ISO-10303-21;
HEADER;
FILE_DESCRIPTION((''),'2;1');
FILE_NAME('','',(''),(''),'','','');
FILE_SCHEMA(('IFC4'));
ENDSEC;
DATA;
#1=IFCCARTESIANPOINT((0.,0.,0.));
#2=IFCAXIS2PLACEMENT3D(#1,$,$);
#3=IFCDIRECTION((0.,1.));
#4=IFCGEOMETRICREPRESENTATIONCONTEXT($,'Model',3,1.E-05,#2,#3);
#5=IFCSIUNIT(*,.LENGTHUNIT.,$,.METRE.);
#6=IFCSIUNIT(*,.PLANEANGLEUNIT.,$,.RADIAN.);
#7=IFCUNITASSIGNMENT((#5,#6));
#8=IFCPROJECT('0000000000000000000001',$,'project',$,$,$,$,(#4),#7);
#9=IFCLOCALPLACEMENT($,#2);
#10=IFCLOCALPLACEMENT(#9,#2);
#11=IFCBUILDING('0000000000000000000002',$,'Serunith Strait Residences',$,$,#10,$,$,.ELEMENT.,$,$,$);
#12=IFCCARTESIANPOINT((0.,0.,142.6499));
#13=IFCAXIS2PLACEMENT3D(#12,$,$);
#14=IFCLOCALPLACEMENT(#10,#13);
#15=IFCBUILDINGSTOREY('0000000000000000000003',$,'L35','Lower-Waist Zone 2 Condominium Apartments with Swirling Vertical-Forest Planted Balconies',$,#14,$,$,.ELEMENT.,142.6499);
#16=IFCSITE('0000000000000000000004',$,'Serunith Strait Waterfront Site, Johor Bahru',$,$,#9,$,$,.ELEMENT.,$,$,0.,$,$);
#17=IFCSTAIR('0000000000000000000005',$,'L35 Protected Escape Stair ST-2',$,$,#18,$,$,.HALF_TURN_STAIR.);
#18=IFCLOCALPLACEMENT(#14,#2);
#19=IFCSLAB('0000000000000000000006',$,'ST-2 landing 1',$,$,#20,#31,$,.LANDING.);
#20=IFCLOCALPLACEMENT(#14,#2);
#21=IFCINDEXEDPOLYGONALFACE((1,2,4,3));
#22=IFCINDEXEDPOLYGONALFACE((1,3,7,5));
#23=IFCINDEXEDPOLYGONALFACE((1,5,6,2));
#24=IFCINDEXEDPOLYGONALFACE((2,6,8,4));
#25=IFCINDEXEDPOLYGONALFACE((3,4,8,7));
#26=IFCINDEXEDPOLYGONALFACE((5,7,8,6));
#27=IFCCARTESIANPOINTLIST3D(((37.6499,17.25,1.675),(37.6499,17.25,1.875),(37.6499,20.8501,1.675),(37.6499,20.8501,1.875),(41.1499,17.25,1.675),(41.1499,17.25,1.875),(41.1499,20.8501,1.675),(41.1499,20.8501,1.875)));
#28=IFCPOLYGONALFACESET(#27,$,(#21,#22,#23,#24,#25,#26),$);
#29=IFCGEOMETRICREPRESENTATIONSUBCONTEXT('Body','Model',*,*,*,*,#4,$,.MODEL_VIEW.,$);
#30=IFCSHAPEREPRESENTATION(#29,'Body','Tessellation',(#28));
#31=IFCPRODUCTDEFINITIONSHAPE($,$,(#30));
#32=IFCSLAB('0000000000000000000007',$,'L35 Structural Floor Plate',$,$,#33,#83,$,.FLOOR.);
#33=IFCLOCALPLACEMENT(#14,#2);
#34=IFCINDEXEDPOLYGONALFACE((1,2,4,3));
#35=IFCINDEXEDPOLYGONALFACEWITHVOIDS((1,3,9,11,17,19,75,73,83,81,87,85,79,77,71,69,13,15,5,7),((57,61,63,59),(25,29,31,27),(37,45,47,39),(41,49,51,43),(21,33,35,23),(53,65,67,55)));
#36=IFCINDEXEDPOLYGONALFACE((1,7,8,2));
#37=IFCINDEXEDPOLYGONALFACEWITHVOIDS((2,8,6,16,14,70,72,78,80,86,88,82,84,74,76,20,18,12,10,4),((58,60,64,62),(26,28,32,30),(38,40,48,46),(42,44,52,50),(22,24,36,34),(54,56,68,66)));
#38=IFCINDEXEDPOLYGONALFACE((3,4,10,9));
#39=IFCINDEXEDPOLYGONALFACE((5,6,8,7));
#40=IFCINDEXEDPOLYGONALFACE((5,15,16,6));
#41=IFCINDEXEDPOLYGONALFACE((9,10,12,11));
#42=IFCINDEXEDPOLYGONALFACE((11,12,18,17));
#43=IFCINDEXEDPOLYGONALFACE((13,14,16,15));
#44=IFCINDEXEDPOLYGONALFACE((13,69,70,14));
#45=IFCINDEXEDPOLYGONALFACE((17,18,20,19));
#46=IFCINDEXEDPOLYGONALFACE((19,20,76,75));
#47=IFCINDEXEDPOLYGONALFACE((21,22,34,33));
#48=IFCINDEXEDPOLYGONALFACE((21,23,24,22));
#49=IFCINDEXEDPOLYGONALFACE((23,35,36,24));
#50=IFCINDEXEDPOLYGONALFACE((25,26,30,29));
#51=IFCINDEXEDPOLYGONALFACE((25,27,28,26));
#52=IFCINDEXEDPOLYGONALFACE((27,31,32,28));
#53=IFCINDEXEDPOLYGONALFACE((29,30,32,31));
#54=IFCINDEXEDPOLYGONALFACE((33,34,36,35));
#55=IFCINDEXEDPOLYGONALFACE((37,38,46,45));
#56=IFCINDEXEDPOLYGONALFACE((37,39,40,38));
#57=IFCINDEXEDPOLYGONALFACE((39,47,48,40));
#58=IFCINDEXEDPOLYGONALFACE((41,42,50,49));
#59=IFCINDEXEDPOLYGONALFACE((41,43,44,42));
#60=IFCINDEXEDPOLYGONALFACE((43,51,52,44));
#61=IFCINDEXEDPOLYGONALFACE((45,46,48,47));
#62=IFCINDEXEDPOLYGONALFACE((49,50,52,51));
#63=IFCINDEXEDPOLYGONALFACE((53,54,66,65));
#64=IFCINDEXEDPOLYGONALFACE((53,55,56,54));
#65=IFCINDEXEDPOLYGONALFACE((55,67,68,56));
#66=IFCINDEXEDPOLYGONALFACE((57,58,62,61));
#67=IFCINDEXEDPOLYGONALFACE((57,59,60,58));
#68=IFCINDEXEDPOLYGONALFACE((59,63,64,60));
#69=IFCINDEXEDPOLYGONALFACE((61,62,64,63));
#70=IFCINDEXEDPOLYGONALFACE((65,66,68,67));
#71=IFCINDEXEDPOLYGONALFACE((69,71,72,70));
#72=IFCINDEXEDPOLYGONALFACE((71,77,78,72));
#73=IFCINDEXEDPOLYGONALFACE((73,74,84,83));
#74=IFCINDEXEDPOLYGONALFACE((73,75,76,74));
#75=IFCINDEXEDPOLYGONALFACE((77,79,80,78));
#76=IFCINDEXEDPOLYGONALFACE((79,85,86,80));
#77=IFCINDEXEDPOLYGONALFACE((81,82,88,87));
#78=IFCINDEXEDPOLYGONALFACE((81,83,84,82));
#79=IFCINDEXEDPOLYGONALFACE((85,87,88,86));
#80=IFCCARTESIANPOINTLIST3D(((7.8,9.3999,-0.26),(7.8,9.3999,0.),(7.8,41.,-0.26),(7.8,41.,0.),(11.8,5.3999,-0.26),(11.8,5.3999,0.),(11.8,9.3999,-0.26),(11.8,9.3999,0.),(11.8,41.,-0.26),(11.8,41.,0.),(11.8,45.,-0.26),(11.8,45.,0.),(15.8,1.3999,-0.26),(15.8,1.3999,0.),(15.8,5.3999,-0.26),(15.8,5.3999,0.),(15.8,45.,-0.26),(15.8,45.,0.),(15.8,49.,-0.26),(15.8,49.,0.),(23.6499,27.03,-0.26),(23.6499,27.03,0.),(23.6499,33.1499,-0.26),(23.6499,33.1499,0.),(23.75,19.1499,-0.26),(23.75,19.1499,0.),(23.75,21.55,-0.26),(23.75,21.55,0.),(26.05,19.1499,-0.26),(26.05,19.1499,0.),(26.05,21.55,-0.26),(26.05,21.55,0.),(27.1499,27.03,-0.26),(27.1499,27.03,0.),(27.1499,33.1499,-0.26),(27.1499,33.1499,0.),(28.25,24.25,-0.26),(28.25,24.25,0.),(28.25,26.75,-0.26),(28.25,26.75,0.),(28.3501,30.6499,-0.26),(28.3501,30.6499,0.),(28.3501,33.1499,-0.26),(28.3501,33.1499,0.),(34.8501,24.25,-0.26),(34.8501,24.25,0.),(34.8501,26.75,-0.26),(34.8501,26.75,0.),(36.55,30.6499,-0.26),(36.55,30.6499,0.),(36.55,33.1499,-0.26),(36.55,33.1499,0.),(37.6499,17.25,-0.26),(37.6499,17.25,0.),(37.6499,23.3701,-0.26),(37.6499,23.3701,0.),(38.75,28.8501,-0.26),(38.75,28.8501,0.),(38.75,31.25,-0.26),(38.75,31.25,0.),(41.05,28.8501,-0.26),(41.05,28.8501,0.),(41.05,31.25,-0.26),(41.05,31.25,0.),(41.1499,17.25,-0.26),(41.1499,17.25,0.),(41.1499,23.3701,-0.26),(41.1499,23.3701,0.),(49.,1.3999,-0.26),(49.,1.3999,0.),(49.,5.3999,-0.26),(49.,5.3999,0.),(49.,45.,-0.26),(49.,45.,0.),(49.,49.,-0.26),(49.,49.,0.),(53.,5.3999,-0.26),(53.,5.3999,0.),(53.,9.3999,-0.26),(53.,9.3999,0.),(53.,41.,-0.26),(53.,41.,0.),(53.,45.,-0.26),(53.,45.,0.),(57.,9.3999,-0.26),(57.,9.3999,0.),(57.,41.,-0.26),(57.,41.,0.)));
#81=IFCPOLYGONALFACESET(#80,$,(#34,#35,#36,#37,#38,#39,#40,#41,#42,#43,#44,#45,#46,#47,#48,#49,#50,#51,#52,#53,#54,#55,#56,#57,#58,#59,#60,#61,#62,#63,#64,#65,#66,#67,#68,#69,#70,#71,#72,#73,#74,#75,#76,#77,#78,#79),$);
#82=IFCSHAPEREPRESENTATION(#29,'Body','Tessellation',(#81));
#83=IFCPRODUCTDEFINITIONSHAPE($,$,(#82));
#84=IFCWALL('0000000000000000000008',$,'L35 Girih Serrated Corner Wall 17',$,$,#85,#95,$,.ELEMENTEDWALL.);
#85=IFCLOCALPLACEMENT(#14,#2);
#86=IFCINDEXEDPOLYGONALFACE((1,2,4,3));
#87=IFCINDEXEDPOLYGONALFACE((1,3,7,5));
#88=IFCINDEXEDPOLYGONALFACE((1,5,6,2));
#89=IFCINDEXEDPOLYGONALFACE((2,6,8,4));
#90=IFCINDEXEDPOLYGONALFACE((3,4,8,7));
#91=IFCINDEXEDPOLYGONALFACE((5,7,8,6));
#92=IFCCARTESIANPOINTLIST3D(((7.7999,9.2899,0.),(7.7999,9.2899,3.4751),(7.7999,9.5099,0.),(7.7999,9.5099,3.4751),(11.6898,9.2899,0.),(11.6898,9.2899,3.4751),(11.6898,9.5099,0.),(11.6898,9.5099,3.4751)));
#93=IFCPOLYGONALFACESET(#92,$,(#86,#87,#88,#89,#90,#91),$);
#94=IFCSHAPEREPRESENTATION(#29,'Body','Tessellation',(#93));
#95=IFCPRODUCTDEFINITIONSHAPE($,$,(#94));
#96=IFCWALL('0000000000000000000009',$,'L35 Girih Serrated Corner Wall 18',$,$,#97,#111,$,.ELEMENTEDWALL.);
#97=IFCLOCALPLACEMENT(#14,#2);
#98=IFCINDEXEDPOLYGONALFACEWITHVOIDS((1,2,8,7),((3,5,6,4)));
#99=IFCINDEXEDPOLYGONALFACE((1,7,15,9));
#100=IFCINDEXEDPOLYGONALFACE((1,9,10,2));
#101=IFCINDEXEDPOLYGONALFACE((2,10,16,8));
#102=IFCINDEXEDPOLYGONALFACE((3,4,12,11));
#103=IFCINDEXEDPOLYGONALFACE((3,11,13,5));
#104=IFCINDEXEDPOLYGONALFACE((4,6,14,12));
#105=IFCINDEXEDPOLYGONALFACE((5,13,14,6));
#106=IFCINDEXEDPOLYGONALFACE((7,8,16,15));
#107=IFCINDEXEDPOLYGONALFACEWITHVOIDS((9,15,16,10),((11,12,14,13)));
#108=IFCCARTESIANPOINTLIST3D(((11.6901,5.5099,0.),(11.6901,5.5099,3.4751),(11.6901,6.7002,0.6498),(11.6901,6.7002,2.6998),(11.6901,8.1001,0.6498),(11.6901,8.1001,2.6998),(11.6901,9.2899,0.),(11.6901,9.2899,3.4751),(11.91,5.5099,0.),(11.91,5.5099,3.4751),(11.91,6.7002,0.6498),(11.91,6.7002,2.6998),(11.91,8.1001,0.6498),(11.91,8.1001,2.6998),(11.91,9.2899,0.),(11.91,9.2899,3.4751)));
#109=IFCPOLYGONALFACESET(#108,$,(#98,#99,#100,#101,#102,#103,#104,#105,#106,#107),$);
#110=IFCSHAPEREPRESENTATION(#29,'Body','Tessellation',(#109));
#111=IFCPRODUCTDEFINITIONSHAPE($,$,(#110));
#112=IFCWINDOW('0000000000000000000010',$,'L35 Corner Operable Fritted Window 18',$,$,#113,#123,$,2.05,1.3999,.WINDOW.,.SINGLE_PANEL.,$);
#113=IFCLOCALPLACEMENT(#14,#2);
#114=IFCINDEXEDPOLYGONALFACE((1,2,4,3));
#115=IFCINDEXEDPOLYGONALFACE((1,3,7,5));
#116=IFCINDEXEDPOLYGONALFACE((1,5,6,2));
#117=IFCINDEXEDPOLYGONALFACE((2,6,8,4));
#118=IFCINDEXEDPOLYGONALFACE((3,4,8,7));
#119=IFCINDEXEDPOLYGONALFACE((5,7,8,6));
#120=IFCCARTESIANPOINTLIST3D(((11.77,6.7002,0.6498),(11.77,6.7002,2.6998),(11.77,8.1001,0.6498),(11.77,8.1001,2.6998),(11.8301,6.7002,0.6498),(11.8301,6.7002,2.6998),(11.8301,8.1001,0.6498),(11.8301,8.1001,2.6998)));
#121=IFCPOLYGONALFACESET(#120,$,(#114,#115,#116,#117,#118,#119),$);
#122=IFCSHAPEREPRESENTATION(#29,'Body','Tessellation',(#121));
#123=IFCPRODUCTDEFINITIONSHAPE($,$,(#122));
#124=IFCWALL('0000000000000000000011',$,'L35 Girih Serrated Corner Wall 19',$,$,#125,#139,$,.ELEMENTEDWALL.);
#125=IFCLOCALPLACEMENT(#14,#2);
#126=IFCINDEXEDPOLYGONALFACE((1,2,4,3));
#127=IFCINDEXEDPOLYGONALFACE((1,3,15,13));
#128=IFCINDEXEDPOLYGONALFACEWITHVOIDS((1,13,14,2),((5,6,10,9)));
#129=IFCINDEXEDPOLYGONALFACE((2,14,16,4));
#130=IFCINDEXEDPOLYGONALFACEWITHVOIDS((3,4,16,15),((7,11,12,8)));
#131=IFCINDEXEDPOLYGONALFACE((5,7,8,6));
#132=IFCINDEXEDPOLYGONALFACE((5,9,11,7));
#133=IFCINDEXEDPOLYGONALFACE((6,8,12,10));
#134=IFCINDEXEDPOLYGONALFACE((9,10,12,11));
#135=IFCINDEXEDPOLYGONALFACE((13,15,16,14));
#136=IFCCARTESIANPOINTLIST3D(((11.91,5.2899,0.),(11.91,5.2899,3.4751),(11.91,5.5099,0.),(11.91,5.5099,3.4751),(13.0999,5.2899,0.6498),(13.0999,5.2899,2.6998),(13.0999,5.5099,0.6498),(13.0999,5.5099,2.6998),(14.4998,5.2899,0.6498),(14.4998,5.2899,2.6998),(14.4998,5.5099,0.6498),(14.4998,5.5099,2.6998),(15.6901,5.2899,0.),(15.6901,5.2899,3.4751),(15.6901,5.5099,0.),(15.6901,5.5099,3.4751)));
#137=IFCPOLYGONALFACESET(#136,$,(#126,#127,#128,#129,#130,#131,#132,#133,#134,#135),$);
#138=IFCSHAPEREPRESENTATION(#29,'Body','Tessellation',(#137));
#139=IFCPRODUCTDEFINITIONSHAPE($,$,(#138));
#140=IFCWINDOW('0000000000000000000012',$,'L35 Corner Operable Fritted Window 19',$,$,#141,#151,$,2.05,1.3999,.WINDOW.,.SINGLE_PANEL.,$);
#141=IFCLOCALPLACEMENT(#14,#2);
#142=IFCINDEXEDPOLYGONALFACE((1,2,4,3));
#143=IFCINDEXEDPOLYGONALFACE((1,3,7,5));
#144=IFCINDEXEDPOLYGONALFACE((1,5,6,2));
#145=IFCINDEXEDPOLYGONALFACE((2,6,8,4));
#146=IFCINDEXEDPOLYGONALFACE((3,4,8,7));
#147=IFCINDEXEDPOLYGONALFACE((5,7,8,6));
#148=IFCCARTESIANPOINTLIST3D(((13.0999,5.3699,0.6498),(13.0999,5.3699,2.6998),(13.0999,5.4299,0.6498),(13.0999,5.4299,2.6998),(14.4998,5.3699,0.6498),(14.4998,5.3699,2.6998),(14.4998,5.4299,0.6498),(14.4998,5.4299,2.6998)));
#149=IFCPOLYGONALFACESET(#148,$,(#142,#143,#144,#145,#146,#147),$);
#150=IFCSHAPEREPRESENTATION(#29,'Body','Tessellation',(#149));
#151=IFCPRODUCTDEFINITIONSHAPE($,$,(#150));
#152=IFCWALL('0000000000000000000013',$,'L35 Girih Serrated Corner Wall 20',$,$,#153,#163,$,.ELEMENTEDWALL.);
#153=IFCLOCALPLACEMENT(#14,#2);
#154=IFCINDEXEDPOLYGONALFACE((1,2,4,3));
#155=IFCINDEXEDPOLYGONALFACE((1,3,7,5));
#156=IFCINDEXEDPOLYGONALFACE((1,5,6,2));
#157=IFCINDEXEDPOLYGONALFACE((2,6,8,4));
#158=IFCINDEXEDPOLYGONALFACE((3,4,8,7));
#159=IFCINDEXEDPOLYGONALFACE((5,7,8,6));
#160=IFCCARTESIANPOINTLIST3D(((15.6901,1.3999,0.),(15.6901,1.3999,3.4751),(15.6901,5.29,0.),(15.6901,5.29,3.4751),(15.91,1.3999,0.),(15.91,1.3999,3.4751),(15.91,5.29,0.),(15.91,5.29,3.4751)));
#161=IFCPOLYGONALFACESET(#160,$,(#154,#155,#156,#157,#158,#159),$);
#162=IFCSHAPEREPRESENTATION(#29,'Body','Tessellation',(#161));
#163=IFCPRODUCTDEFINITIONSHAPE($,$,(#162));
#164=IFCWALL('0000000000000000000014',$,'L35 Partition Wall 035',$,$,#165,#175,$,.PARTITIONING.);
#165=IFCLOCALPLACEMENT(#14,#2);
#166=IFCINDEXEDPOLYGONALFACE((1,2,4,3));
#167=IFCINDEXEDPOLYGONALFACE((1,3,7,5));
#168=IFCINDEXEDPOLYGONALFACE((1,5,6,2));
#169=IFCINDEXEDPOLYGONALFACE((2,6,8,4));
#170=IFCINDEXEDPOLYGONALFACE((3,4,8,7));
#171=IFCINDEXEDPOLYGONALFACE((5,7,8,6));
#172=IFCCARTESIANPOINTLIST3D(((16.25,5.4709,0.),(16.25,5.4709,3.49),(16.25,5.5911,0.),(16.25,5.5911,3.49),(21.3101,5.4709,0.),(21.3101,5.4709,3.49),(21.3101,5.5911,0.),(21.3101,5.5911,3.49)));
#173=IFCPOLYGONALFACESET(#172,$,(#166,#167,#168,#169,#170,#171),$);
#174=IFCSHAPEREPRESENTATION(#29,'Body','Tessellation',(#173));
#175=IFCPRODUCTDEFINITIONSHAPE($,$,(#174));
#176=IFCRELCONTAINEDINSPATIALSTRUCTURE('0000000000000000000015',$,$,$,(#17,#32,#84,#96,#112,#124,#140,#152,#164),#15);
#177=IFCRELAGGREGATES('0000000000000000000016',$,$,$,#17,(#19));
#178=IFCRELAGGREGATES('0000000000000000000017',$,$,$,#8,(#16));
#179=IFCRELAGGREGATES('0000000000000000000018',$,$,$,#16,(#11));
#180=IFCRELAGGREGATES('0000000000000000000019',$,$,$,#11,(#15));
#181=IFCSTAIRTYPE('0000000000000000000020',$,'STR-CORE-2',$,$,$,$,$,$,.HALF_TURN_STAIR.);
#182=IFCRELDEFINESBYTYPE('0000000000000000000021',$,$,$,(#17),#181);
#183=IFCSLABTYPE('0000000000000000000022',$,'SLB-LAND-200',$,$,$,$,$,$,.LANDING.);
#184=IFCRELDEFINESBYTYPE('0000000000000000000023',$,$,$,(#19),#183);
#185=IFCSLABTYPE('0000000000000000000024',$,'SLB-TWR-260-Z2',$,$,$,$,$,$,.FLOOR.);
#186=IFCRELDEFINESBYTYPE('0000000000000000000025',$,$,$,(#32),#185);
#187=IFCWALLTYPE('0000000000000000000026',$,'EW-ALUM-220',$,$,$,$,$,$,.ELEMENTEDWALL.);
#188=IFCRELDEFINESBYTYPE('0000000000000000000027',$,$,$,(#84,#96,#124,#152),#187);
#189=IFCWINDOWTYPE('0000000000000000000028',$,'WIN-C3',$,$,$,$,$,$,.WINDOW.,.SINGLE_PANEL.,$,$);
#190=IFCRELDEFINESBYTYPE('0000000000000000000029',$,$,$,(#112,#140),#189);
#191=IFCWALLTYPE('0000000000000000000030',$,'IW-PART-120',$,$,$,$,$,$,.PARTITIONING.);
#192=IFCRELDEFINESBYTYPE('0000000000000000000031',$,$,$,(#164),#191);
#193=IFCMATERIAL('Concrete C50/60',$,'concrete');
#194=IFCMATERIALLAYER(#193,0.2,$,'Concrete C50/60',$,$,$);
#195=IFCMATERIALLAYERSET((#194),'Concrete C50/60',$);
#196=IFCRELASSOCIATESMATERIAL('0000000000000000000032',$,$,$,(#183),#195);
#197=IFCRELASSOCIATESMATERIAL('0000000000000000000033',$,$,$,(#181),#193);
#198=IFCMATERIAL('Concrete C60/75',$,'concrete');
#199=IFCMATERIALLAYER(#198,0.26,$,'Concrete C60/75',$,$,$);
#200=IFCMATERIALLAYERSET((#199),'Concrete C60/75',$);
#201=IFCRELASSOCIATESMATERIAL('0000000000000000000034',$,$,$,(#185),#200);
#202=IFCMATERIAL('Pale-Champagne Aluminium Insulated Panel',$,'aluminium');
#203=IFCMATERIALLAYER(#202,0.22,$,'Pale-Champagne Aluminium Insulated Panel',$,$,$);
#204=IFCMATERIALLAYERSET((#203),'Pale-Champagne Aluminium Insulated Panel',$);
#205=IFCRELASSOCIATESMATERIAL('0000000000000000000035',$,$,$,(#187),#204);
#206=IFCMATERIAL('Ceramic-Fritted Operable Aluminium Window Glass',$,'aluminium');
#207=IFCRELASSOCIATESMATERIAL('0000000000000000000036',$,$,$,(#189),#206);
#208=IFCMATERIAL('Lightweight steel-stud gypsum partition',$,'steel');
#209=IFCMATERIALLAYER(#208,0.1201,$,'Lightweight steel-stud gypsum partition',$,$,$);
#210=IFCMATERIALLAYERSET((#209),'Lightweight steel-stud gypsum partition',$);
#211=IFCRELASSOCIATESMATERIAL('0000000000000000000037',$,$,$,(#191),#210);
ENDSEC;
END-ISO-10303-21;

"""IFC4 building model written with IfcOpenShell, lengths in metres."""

from ifc_helpers import new_model, si_unit, direction, frame, frame_2d, origin, place, context, subcontext, project, spatial, polyline, rectangle, outline, extrude, source, transform, mapped, material, layer, layer_set, type_object, element, fill, aggregate, save


model = new_model("IFC4")

# Units and contexts
model_context = context("Model", 3, precision=1e-05, world=origin(), true_north=direction((0.0, 1.0)))
body_context = subcontext(model_context, "Body", "Model", "MODEL_VIEW")
ifc_project = project(units=[si_unit("LENGTHUNIT", "METRE"), si_unit("PLANEANGLEUNIT", "RADIAN")], contexts=[model_context])

# Site, building, storey
site_placement = place(None, origin())
site = spatial("IfcSite", under=ifc_project, at=site_placement, Name="Serunith Strait Waterfront Site, Johor Bahru", CompositionType="ELEMENT", RefElevation=0.0)
building_placement = place(site_placement, origin())
building = spatial("IfcBuilding", under=site, at=building_placement, Name="Serunith Strait Residences", CompositionType="ELEMENT")
storey_placement = place(building_placement, frame((0.0, 0.0, 142.6499)))
storey = spatial("IfcBuildingStorey", under=building, at=storey_placement, Name="L35", Description="Lower-Waist Zone 2 Condominium Apartments with Swirling Vertical-Forest Planted Balconies", CompositionType="ELEMENT", Elevation=142.6499)

# Shared definitions
ifc_material_1 = material(Name="Concrete C50/60", Category="concrete")

# Stair, slab
ifc_layer_1 = layer(ifc_material_1, 0.2, Name="Concrete C50/60")
ifc_layer_set_1 = layer_set([ifc_layer_1], Name="Concrete C50/60")
slab_type_1 = type_object("IfcSlabType", Name="SLB-LAND-200", PredefinedType="LANDING", material=ifc_layer_set_1)
stair_type_1 = type_object("IfcStairType", Name="STR-CORE-2", PredefinedType="HALF_TURN_STAIR", material=ifc_material_1)
stair_1_placement = place(storey_placement, origin())
stair_1 = element("IfcStair", 1, at=stair_1_placement, inside=storey, type_object=stair_type_1, Name="L35 Protected Escape Stair ST-2", PredefinedType="HALF_TURN_STAIR")
slab_1_placement = place(storey_placement, frame((0.0, 0.0, 1.675)))
slab_1 = element("IfcSlab", 2, at=slab_1_placement, type_object=slab_type_1, Name="ST-2 landing 1", PredefinedType="LANDING", context=body_context, shape_type="SweptSolid", body=[
    extrude(outline(polyline([(37.6499, 20.8501), (37.6499, 17.25), (41.1499, 17.25), (41.1499, 20.8501), (37.6499, 20.8501)])), origin(), (0.0, 0.0, 1.0), 0.2),
])
aggregate(stair_1, [slab_1])

# Slab
ifc_material_2 = material(Name="Concrete C60/75", Category="concrete")
ifc_layer_2 = layer(ifc_material_2, 0.26, Name="Concrete C60/75")
ifc_layer_set_2 = layer_set([ifc_layer_2], Name="Concrete C60/75")
slab_type_2 = type_object("IfcSlabType", Name="SLB-TWR-260-Z2", PredefinedType="FLOOR", material=ifc_layer_set_2)
slab_2_placement = place(storey_placement, frame((0.0, 0.0, -0.26)))
element("IfcSlab", 3, at=slab_2_placement, inside=storey, type_object=slab_type_2, Name="L35 Structural Floor Plate", PredefinedType="FLOOR", context=body_context, shape_type="SweptSolid", body=[
    extrude(outline(polyline([(15.8, 5.3999), (11.8, 5.3999), (11.8, 9.3999), (7.8, 9.3999), (7.8, 41.0), (11.8, 41.0), (11.8, 45.0), (15.8, 45.0), (15.8, 49.0), (49.0, 49.0), (49.0, 45.0), (53.0, 45.0), (53.0, 41.0), (57.0, 41.0), (57.0, 9.3999), (53.0, 9.3999), (53.0, 5.3999), (49.0, 5.3999), (49.0, 1.3999), (15.8, 1.3999), (15.8, 5.3999)]), holes=[polyline([(41.1499, 23.3701), (37.6499, 23.3701), (37.6499, 17.25), (41.1499, 17.25), (41.1499, 23.3701)]), polyline([(38.75, 31.25), (38.75, 28.8501), (41.05, 28.8501), (41.05, 31.25), (38.75, 31.25)]), polyline([(36.55, 33.1499), (28.3501, 33.1499), (28.3501, 30.6499), (36.55, 30.6499), (36.55, 33.1499)]), polyline([(34.8501, 26.75), (28.25, 26.75), (28.25, 24.25), (34.8501, 24.25), (34.8501, 26.75)]), polyline([(23.6499, 33.1499), (23.6499, 27.03), (27.1499, 27.03), (27.1499, 33.1499), (23.6499, 33.1499)]), polyline([(26.05, 21.55), (23.75, 21.55), (23.75, 19.1499), (26.05, 19.1499), (26.05, 21.55)])]), origin(), (0.0, 0.0, 1.0), 0.26),
])

# Wall
ifc_material_3 = material(Name="Pale-Champagne Aluminium Insulated Panel", Category="aluminium")
ifc_layer_3 = layer(ifc_material_3, 0.22, Name="Pale-Champagne Aluminium Insulated Panel")
ifc_layer_set_3 = layer_set([ifc_layer_3], Name="Pale-Champagne Aluminium Insulated Panel")
wall_type_1 = type_object("IfcWallType", Name="EW-ALUM-220", PredefinedType="ELEMENTEDWALL", material=ifc_layer_set_3)
wall_1_placement = place(storey_placement, frame((7.8, 9.3999, 0.0), z_axis=(0.0, 0.0, 1.0), x_axis=(1.0, 0.0, 0.0)))
element("IfcWall", 4, at=wall_1_placement, inside=storey, type_object=wall_type_1, Name="L35 Girih Serrated Corner Wall 17", PredefinedType="ELEMENTEDWALL", context=body_context, shape_type="SweptSolid", body=[
    extrude(rectangle(XDim=3.8899, YDim=0.22, at=frame_2d((1.9448, 0.0))), origin(), (0.0, 0.0, 1.0), 3.4751),
])

# Walls, openings, windows
wall_2_placement = place(storey_placement, frame((11.8, 9.29, 0.0), z_axis=(0.0, 0.0, 1.0), x_axis=(0.0, -1.0, 0.0)))
wall_2 = element("IfcWall", 5, at=wall_2_placement, inside=storey, type_object=wall_type_1, Name="L35 Girih Serrated Corner Wall 18", PredefinedType="ELEMENTEDWALL", context=body_context, shape_type="SweptSolid", body=[
    extrude(rectangle(XDim=3.78, YDim=0.22, at=frame_2d((1.8901, 0.0))), origin(), (0.0, 0.0, 1.0), 3.4751),
])
opening_1_placement = place(wall_2_placement, frame((1.1899, 0.0, 0.6499)))
opening_1 = element("IfcOpeningElement", 6, at=opening_1_placement, cuts=wall_2, PredefinedType="OPENING", context=body_context, shape_type="SweptSolid", body=[
    extrude(rectangle(XDim=1.3999, YDim=2.05, at=frame_2d((0.7, 1.0249))), frame((0.0, 0.1201, 0.0), z_axis=(0.0, -1.0, 0.0), x_axis=(1.0, 0.0, 0.0)), (0.0, 0.0, 1.0), 0.24),
])
ifc_material_4 = material(Name="Ceramic-Fritted Operable Aluminium Window Glass", Category="aluminium")
window_type = type_object("IfcWindowType", Name="WIN-C3", PartitioningType="SINGLE_PANEL", PredefinedType="WINDOW", material=ifc_material_4)
shared_shape_1 = source(origin(), body_context, "Body", "SweptSolid", [
    extrude(rectangle(XDim=1.3999, YDim=2.05, at=frame_2d((0.7, 1.0249))), frame((0.0, 0.03, 0.0), z_axis=(0.0, -1.0, 0.0), x_axis=(1.0, 0.0, 0.0)), (0.0, 0.0, 1.0), 0.0601),
])
window_1_placement = place(opening_1_placement, origin())
window_1 = element("IfcWindow", 7, at=window_1_placement, inside=storey, type_object=window_type, Name="L35 Corner Operable Fritted Window 18", OverallHeight=2.05, OverallWidth=1.3999, PartitioningType="SINGLE_PANEL", PredefinedType="WINDOW", context=body_context, shape_type="MappedRepresentation", body=[
    mapped(shared_shape_1, transform((0.0, 0.0, 0.0), scale=1.0)),
])
fill(opening_1, window_1)
wall_3_placement = place(storey_placement, frame((11.9099, 5.3999, 0.0), z_axis=(0.0, 0.0, 1.0), x_axis=(1.0, 0.0, 0.0)))
wall_3 = element("IfcWall", 8, at=wall_3_placement, inside=storey, type_object=wall_type_1, Name="L35 Girih Serrated Corner Wall 19", PredefinedType="ELEMENTEDWALL", context=body_context, shape_type="SweptSolid", body=[
    extrude(rectangle(XDim=3.78, YDim=0.22, at=frame_2d((1.8901, 0.0))), origin(), (0.0, 0.0, 1.0), 3.4751),
])
opening_2_placement = place(wall_3_placement, frame((1.1899, 0.0, 0.6499)))
opening_2 = element("IfcOpeningElement", 9, at=opening_2_placement, cuts=wall_3, PredefinedType="OPENING", context=body_context, shape_type="SweptSolid", body=[
    extrude(rectangle(XDim=1.3999, YDim=2.05, at=frame_2d((0.7, 1.0249))), frame((0.0, 0.1201, 0.0), z_axis=(0.0, -1.0, 0.0), x_axis=(1.0, 0.0, 0.0)), (0.0, 0.0, 1.0), 0.24),
])
window_2_placement = place(opening_2_placement, origin())
window_2 = element("IfcWindow", 10, at=window_2_placement, inside=storey, type_object=window_type, Name="L35 Corner Operable Fritted Window 19", OverallHeight=2.05, OverallWidth=1.3999, PartitioningType="SINGLE_PANEL", PredefinedType="WINDOW", context=body_context, shape_type="MappedRepresentation", body=[
    mapped(shared_shape_1, transform((0.0, 0.0, 0.0), scale=1.0)),
])
fill(opening_2, window_2)

# Walls
wall_4_placement = place(storey_placement, frame((15.8, 5.29, 0.0), z_axis=(0.0, 0.0, 1.0), x_axis=(0.0, -1.0, 0.0)))
element("IfcWall", 11, at=wall_4_placement, inside=storey, type_object=wall_type_1, Name="L35 Girih Serrated Corner Wall 20", PredefinedType="ELEMENTEDWALL", context=body_context, shape_type="SweptSolid", body=[
    extrude(rectangle(XDim=3.8901, YDim=0.22, at=frame_2d((1.9451, 0.0))), origin(), (0.0, 0.0, 1.0), 3.4751),
])
ifc_material_5 = material(Name="Lightweight steel-stud gypsum partition", Category="steel")
ifc_layer_4 = layer(ifc_material_5, 0.1201, Name="Lightweight steel-stud gypsum partition")
ifc_layer_set_4 = layer_set([ifc_layer_4], Name="Lightweight steel-stud gypsum partition")
wall_type_2 = type_object("IfcWallType", Name="IW-PART-120", PredefinedType="PARTITIONING", material=ifc_layer_set_4)
wall_5_placement = place(storey_placement, frame((16.25, 5.531, 0.0), z_axis=(0.0, 0.0, 1.0), x_axis=(1.0, 0.0, 0.0)))
element("IfcWall", 12, at=wall_5_placement, inside=storey, type_object=wall_type_2, Name="L35 Partition Wall 035", PredefinedType="PARTITIONING", context=body_context, shape_type="SweptSolid", body=[
    extrude(rectangle(XDim=5.0601, YDim=0.1201, at=frame_2d((2.53, 0.0))), origin(), (0.0, 0.0, 1.0), 3.49),
])

save(model, "model.ifc")
